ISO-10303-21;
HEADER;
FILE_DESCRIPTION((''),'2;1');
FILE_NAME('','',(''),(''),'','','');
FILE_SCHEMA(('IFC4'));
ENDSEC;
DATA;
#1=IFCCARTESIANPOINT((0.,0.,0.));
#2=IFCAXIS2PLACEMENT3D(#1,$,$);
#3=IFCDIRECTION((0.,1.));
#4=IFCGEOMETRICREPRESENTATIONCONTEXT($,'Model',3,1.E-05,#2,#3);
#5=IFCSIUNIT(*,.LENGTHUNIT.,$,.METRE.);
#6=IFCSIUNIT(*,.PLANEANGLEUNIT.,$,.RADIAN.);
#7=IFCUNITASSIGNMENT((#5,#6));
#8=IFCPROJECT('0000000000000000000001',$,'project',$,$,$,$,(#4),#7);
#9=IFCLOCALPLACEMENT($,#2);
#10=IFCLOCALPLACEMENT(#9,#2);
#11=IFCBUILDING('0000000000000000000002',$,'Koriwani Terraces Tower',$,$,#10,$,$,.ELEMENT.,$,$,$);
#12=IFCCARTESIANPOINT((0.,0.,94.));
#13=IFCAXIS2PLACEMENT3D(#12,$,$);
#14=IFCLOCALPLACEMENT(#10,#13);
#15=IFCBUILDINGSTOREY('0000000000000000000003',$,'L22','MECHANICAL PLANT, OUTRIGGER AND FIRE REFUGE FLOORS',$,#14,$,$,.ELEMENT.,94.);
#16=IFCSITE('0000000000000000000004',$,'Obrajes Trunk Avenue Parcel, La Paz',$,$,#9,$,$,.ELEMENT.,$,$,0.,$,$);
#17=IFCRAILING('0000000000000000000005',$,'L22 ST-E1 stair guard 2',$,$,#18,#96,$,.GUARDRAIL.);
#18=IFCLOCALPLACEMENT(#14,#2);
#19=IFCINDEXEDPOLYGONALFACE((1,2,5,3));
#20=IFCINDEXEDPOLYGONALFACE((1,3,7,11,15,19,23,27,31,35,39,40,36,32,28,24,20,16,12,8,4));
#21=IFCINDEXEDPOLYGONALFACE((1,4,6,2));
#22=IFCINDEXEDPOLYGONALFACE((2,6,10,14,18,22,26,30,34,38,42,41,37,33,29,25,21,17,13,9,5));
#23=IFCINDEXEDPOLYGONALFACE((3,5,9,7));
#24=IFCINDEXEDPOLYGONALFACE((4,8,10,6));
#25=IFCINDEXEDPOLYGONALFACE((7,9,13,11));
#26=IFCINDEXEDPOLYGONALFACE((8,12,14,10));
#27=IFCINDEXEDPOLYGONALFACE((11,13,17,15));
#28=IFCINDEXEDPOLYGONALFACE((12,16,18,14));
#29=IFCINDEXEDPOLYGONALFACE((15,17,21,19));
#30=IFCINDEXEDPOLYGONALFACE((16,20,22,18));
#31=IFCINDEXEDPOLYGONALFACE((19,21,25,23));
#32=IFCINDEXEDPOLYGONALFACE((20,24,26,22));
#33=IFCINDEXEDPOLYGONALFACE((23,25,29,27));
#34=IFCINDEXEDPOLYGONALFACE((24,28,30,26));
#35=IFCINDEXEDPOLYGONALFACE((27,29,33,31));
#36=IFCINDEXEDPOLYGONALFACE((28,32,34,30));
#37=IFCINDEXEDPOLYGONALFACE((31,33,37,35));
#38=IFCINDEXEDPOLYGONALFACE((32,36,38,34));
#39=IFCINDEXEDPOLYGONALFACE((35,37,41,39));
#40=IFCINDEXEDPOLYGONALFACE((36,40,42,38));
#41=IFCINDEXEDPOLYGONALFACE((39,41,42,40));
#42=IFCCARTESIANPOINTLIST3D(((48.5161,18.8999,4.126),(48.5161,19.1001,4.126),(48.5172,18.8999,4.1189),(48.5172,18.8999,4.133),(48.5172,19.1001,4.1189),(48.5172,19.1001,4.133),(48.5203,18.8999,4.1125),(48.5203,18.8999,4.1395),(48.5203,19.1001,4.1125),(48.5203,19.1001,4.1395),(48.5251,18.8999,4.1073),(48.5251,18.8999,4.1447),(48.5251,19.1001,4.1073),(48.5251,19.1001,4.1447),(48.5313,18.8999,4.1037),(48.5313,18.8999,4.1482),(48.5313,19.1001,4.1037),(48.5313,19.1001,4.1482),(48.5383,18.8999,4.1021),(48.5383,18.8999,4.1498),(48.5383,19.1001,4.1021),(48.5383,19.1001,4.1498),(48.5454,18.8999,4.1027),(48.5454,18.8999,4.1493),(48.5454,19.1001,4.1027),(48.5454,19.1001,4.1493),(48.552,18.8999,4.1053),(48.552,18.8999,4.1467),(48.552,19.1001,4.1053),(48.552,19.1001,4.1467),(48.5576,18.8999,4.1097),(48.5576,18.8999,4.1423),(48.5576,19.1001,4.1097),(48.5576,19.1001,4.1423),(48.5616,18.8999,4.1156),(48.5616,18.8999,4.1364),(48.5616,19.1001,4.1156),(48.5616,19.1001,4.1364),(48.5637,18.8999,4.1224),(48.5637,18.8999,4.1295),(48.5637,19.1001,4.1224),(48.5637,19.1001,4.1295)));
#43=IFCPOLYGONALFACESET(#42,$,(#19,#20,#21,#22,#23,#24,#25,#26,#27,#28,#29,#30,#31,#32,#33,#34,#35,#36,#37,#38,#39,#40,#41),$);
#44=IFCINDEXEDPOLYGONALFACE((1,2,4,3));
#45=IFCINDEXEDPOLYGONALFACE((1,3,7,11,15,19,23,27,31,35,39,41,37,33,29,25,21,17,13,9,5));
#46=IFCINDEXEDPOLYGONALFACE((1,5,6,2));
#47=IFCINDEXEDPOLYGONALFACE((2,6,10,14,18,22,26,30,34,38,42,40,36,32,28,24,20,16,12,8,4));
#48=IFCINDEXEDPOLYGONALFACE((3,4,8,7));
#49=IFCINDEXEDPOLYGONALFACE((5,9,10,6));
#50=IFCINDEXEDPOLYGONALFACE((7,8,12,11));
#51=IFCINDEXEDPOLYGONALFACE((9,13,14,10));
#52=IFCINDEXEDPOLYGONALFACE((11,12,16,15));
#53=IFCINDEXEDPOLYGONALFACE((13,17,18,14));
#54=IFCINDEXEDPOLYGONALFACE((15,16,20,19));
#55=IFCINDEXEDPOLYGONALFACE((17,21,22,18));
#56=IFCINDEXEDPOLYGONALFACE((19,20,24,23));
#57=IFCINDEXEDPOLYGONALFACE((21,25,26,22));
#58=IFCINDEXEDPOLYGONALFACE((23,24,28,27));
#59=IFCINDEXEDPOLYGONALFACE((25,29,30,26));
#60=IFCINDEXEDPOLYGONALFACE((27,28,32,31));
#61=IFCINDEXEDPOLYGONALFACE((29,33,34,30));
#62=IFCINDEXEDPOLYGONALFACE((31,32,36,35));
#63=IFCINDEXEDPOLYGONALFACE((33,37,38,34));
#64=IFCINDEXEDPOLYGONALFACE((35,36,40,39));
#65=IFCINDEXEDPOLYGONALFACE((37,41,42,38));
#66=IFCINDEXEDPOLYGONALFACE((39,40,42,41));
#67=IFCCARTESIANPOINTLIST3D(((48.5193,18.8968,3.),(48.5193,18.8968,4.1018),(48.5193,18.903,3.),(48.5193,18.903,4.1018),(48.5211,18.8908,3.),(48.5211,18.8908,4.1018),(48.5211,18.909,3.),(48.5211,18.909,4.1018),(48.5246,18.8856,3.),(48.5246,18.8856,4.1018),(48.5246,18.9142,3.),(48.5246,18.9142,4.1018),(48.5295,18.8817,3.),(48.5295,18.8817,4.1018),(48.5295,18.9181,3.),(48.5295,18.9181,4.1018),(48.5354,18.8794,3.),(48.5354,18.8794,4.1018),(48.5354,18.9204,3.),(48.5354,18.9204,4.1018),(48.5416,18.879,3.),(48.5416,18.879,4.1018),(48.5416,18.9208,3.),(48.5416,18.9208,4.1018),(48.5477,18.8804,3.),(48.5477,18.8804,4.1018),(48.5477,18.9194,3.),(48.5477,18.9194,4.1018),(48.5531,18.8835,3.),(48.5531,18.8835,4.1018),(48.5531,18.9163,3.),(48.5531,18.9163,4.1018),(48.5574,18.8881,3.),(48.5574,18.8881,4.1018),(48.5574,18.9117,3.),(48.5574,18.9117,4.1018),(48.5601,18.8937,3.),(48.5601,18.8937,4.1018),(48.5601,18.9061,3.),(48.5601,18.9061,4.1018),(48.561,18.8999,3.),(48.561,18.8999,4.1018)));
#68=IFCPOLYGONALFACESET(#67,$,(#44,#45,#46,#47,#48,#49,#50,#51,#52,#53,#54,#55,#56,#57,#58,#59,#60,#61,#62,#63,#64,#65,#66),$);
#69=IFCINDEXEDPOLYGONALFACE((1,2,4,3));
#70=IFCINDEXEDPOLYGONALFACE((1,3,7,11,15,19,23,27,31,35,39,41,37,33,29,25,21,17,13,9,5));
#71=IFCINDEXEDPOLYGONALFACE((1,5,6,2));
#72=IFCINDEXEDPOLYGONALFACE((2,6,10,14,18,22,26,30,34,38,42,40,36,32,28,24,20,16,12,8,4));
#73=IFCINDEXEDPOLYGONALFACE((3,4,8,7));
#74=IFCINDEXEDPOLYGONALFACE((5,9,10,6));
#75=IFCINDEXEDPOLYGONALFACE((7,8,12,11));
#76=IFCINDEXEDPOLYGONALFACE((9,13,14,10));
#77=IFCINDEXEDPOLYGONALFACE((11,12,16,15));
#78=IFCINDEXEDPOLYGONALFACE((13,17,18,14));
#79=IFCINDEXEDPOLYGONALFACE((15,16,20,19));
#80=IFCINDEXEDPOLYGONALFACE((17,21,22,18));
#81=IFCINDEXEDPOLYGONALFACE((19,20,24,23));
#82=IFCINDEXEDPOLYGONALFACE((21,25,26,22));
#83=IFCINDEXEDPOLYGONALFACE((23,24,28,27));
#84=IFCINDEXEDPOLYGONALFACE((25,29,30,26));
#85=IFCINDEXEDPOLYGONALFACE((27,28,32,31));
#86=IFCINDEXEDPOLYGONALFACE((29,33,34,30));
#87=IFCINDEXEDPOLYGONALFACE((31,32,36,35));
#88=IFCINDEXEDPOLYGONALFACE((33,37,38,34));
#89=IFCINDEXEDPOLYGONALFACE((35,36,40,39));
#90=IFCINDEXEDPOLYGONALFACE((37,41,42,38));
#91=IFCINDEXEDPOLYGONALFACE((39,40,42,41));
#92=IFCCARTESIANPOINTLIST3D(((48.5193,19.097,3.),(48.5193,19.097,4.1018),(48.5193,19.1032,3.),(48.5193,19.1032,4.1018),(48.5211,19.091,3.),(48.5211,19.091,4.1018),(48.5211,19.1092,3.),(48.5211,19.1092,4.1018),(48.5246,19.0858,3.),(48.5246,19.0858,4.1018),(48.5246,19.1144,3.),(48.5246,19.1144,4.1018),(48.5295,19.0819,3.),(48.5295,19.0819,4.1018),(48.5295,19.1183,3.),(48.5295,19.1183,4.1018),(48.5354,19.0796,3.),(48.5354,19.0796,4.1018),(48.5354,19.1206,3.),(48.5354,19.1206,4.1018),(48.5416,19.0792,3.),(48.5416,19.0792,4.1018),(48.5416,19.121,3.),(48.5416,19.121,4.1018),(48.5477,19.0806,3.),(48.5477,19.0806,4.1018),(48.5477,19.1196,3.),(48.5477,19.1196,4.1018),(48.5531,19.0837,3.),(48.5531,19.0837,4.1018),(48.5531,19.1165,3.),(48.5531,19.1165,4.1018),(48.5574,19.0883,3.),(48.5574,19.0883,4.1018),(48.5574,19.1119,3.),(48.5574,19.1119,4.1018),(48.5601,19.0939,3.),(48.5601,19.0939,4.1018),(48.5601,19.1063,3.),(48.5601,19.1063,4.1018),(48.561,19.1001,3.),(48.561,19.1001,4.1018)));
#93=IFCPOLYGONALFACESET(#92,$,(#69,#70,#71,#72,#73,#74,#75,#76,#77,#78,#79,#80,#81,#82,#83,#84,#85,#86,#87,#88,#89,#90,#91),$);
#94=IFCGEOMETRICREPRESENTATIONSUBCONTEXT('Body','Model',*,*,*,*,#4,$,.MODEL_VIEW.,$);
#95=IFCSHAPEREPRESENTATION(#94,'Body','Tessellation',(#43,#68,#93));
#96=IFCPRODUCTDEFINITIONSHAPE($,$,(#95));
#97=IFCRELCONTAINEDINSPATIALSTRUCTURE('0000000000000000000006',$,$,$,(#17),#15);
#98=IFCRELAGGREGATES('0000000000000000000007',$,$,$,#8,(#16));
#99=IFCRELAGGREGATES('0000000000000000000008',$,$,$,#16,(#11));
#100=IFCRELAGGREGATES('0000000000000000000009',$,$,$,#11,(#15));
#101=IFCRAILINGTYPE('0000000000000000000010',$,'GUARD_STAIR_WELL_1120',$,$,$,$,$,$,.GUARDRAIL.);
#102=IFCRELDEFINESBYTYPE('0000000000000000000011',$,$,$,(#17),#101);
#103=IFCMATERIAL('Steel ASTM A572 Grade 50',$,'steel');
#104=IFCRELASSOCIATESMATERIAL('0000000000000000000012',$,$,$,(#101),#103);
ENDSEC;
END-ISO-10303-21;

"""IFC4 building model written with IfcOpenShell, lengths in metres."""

from ifc_helpers import new_model, si_unit, direction, frame, origin, origin_2d, place, context, subcontext, project, spatial, circle, extrude, material, type_object, element, save


model = new_model("IFC4")

# Units and contexts
model_context = context("Model", 3, precision=1e-05, world=origin(), true_north=direction((0.0, 1.0)))
body_context = subcontext(model_context, "Body", "Model", "MODEL_VIEW")
ifc_project = project(units=[si_unit("LENGTHUNIT", "METRE"), si_unit("PLANEANGLEUNIT", "RADIAN")], contexts=[model_context])

# Site, building, storey
site_placement = place(None, origin())
site = spatial("IfcSite", under=ifc_project, at=site_placement, Name="Obrajes Trunk Avenue Parcel, La Paz", CompositionType="ELEMENT", RefElevation=0.0)
building_placement = place(site_placement, origin())
building = spatial("IfcBuilding", under=site, at=building_placement, Name="Koriwani Terraces Tower", CompositionType="ELEMENT")
storey_placement = place(building_placement, frame((0.0, 0.0, 94.0)))
storey = spatial("IfcBuildingStorey", under=building, at=storey_placement, Name="L22", Description="MECHANICAL PLANT, OUTRIGGER AND FIRE REFUGE FLOORS", CompositionType="ELEMENT", Elevation=94.0)

# Shared definitions
ifc_material_1 = material(Name="Steel ASTM A572 Grade 50", Category="steel")

# Railing
railing_type_1 = type_object("IfcRailingType", Name="GUARD_STAIR_WELL_1120", PredefinedType="GUARDRAIL", material=ifc_material_1)
railing_1_placement = place(storey_placement, frame((48.54, 18.8999, 3.0)))
element("IfcRailing", 1, at=railing_1_placement, inside=storey, type_object=railing_type_1, Name="L22 ST-E1 stair guard 2", PredefinedType="GUARDRAIL", context=body_context, shape_type="SweptSolid", body=[
    extrude(circle(Radius=0.0239, at=origin_2d()), frame((0.0, 0.0, 1.126), z_axis=(0.0, 1.0, 0.0), x_axis=(-1.0, 0.0, 0.0)), (0.0, 0.0, 1.0), 0.2002),
    extrude(circle(Radius=0.021, at=origin_2d()), origin(), (0.0, 0.0, 1.0), 1.1018),
    extrude(circle(Radius=0.021, at=origin_2d()), frame((0.0, 0.2002, 0.0)), (0.0, 0.0, 1.0), 1.1018),
])

save(model, "model.ifc")
